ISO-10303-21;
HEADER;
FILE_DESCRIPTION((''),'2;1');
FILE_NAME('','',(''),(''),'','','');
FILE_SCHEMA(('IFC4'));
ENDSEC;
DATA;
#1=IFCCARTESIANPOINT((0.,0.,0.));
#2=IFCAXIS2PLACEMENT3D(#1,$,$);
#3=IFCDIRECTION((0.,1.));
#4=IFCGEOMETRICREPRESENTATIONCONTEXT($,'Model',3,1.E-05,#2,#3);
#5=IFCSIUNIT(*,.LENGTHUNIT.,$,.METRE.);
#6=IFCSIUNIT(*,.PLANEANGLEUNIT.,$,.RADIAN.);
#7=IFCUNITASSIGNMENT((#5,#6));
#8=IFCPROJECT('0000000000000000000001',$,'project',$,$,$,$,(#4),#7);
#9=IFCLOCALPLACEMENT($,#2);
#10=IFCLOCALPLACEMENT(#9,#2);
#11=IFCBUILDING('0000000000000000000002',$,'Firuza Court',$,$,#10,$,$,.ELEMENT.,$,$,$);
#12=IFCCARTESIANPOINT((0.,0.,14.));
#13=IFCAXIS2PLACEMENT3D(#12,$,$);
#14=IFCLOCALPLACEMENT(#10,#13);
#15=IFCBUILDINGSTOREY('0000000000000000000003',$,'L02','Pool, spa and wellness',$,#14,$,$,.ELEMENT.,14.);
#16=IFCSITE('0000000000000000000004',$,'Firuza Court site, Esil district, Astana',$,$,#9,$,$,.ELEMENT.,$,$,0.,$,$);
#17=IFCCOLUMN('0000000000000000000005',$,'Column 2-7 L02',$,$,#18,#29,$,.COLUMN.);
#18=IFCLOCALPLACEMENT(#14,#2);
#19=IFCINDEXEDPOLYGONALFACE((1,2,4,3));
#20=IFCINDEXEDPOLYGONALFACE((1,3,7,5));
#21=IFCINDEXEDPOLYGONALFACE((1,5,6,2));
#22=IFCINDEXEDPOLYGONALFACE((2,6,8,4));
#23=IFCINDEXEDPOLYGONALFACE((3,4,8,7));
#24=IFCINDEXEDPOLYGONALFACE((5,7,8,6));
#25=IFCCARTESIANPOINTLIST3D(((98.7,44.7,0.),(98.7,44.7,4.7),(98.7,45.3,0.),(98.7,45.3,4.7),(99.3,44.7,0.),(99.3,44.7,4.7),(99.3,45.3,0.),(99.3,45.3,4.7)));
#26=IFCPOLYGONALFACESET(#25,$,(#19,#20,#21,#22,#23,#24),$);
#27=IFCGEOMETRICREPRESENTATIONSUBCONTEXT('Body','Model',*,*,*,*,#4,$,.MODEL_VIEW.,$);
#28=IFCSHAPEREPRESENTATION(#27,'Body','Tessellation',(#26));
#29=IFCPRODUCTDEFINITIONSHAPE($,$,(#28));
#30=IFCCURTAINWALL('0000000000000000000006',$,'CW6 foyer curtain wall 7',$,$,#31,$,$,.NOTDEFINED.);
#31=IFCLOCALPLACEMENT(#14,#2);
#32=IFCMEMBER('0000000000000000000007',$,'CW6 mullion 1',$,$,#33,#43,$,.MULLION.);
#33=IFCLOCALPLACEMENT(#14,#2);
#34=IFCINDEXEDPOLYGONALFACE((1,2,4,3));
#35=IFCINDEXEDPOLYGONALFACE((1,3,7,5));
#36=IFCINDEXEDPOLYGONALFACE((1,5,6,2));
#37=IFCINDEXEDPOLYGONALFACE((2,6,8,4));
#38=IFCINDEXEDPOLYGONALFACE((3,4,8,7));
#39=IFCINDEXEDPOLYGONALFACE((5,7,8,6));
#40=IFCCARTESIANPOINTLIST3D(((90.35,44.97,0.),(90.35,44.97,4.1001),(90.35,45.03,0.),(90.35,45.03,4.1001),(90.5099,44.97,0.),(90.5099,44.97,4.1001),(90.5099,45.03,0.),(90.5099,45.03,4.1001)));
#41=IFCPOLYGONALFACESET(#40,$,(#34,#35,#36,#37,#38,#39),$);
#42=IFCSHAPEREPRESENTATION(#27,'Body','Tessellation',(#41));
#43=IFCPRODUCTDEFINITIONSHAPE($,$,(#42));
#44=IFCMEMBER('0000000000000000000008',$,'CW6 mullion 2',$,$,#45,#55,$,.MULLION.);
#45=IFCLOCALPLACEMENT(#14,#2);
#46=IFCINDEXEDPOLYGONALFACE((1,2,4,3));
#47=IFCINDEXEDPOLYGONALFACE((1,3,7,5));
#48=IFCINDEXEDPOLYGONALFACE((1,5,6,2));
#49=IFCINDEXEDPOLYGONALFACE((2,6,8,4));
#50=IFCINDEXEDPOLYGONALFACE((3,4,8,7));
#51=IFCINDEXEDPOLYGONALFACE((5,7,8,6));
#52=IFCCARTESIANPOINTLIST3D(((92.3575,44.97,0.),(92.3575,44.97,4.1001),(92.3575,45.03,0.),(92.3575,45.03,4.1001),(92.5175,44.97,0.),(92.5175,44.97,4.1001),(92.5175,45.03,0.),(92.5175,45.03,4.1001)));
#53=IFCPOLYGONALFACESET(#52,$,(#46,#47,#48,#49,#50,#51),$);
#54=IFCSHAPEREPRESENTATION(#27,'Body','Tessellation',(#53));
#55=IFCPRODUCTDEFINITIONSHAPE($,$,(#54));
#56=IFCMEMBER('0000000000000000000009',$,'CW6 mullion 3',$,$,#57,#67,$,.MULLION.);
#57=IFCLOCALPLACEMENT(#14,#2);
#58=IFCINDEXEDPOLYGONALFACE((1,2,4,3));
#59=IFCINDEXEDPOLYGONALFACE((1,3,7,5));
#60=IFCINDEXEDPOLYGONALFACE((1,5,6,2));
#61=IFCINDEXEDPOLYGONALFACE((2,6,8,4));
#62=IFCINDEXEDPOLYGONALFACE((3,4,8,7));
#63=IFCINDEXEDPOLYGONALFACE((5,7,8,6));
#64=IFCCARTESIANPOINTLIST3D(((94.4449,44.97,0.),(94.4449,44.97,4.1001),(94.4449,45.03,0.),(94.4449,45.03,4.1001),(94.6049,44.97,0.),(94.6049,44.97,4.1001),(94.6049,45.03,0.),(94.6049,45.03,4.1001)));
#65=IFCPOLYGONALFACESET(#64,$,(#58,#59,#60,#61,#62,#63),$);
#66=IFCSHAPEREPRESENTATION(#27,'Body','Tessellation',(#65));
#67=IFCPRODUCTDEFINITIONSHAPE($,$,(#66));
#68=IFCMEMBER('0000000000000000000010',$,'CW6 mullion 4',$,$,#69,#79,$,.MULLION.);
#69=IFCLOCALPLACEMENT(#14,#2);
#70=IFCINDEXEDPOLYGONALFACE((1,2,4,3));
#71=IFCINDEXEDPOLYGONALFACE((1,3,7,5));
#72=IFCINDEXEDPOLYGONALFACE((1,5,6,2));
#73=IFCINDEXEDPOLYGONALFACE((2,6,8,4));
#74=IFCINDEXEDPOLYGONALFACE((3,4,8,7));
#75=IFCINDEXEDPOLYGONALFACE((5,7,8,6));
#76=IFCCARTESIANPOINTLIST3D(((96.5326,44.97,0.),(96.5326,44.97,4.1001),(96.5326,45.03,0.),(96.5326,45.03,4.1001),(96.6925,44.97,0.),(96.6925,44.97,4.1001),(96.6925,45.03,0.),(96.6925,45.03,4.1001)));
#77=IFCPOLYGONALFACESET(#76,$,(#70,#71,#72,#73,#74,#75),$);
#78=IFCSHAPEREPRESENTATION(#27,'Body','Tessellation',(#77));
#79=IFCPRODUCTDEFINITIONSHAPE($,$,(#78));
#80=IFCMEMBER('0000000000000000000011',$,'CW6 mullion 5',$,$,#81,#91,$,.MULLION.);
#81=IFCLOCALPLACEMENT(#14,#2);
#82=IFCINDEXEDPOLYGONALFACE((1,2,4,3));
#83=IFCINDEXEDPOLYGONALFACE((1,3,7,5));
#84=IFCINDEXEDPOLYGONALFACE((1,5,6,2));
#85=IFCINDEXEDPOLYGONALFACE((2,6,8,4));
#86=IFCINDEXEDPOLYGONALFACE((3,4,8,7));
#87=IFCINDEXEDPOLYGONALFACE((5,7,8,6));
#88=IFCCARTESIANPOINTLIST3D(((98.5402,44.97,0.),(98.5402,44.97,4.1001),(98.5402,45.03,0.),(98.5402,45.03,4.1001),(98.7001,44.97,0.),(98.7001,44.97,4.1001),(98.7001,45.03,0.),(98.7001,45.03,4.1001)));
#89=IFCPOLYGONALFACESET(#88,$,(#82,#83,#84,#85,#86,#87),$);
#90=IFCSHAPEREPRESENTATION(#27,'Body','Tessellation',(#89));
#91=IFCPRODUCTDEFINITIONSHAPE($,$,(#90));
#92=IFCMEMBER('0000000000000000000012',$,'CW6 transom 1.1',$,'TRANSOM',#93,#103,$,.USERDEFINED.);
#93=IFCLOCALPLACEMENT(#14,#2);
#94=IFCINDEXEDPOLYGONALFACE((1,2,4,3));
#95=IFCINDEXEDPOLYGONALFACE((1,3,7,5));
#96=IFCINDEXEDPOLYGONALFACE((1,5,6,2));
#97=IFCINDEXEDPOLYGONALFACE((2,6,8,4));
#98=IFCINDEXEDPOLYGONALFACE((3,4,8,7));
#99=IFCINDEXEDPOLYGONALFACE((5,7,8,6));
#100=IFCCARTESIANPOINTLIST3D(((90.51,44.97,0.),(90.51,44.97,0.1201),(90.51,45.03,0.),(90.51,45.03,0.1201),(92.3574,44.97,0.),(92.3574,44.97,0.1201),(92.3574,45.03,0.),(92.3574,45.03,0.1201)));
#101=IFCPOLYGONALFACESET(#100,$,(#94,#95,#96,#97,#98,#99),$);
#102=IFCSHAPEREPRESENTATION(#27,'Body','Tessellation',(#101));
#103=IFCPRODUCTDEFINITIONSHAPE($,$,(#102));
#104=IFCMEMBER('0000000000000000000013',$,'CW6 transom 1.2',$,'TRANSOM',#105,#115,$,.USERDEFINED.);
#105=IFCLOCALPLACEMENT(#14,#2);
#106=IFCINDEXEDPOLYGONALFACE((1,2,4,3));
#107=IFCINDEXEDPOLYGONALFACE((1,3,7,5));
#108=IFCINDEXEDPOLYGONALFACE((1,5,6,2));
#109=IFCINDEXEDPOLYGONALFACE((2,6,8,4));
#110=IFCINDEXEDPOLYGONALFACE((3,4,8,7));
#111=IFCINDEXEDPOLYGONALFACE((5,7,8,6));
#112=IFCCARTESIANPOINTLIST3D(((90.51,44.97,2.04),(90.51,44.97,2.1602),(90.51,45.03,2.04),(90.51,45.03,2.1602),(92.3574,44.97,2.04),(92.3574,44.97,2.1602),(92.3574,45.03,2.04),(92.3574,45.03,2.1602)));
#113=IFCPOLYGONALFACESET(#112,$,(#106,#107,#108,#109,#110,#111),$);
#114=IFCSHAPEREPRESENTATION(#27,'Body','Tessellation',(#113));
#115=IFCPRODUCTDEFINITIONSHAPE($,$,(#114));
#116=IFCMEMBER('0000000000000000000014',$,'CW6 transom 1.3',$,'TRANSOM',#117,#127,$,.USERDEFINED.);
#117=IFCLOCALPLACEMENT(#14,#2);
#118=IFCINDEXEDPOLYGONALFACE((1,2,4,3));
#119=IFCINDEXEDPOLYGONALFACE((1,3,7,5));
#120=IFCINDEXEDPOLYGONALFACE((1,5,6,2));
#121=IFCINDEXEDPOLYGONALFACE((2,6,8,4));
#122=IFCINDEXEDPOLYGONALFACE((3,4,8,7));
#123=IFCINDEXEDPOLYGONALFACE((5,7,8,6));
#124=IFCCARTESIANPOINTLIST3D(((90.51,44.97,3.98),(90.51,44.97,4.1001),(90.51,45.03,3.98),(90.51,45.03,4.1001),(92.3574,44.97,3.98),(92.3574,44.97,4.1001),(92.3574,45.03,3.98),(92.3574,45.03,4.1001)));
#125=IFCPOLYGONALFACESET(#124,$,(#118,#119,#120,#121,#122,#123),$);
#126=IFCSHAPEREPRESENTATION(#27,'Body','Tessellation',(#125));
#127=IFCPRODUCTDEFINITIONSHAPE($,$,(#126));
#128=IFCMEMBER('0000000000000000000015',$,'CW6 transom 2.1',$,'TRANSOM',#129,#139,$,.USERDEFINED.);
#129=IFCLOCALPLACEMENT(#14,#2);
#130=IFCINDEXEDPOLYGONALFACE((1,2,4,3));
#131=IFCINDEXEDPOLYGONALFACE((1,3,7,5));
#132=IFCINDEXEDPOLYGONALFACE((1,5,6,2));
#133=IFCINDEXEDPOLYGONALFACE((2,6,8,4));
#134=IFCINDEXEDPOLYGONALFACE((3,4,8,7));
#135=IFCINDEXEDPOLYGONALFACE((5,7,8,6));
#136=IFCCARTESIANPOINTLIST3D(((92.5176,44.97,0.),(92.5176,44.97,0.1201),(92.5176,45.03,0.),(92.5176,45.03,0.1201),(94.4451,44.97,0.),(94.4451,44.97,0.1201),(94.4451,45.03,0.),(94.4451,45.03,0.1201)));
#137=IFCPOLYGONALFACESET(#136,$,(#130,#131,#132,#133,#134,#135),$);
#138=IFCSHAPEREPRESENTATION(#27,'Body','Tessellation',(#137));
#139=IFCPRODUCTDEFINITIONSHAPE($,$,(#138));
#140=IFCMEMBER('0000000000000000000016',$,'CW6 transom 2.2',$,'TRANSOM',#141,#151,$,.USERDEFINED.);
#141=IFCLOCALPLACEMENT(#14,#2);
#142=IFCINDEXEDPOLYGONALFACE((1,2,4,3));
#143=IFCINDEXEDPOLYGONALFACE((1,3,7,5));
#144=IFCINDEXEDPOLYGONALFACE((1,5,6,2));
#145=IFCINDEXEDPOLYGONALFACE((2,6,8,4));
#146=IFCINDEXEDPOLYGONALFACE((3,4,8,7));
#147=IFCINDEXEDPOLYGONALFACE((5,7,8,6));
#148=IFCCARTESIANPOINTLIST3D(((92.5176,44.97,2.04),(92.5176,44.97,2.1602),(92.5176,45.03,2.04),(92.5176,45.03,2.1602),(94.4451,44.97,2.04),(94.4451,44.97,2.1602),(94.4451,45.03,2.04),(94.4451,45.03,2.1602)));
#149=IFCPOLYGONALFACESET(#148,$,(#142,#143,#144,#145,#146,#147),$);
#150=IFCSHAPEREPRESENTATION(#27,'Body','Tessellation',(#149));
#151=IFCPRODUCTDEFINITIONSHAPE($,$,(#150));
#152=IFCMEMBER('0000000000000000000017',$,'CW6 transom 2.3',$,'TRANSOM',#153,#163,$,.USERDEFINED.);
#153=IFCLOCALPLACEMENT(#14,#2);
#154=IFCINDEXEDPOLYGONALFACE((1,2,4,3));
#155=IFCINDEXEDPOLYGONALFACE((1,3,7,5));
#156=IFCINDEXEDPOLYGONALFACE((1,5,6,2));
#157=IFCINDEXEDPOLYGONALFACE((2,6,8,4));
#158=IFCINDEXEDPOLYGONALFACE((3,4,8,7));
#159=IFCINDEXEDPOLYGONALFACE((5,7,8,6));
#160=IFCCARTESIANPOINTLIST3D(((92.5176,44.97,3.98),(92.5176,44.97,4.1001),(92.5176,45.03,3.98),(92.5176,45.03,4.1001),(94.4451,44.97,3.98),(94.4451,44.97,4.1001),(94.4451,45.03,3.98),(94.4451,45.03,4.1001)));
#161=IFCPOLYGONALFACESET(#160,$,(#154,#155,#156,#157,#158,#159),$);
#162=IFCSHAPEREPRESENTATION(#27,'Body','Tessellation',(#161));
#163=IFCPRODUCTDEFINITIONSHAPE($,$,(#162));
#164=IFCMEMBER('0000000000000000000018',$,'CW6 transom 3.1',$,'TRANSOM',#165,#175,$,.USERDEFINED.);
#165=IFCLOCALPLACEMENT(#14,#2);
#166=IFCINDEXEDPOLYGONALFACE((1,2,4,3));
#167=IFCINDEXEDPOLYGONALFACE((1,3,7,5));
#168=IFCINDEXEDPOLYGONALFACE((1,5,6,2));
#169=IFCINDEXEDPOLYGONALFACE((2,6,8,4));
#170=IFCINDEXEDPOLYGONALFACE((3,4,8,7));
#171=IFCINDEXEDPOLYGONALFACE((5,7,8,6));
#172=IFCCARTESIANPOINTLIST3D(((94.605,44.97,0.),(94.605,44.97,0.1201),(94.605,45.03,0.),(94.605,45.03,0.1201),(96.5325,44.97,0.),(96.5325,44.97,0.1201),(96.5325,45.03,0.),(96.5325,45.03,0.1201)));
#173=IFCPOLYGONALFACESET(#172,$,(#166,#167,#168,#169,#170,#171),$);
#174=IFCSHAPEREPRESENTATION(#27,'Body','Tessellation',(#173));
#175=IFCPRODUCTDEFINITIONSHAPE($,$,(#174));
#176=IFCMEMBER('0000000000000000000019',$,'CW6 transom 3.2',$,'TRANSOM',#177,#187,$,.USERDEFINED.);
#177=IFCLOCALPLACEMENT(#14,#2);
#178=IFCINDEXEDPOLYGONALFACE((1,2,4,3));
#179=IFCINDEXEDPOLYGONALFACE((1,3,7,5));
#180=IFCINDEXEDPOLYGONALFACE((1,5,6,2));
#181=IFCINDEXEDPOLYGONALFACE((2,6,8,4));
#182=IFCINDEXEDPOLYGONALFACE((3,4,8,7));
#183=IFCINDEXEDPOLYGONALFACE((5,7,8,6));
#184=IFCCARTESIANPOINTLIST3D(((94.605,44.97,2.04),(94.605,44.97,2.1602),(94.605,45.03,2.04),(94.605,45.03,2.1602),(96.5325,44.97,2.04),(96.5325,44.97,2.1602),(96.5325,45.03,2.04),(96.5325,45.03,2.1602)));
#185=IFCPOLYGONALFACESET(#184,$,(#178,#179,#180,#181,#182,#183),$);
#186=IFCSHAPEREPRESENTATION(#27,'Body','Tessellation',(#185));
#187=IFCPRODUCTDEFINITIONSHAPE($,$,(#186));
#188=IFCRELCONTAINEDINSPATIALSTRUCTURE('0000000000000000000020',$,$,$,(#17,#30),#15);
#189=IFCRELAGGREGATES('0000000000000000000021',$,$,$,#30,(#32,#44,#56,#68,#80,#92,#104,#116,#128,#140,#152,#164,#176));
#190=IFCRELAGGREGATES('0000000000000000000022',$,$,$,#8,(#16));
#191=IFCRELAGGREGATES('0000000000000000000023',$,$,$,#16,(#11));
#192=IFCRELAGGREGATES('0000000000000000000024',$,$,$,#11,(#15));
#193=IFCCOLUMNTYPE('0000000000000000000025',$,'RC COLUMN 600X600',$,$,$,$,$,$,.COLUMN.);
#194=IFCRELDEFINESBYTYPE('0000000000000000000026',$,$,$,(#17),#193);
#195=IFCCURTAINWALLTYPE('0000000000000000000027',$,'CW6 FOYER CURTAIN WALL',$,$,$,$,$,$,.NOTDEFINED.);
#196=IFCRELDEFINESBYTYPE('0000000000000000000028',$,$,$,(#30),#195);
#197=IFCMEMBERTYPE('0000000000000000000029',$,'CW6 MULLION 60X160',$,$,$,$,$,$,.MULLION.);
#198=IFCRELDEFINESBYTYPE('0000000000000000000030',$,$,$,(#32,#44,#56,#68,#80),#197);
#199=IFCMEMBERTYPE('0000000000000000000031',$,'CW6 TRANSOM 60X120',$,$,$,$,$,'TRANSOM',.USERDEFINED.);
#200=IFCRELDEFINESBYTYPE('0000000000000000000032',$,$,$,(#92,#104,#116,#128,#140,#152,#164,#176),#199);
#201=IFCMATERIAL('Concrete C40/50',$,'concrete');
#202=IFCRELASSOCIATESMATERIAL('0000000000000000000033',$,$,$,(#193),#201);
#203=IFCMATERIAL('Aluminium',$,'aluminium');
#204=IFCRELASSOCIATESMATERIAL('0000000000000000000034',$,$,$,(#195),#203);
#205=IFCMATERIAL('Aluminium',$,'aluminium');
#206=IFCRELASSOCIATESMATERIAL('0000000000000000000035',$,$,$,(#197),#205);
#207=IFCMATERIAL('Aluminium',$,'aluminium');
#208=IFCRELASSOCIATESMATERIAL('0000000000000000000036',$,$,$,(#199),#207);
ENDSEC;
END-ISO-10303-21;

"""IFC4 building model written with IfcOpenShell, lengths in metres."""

from ifc_helpers import new_model, si_unit, direction, frame, origin, origin_2d, place, context, subcontext, project, spatial, rectangle, extrude, material, material_profile, profile_set, type_object, element, aggregate, save


model = new_model("IFC4")

# Units and contexts
model_context = context("Model", 3, precision=1e-05, world=origin(), true_north=direction((0.0, 1.0)))
body_context = subcontext(model_context, "Body", "Model", "MODEL_VIEW")
ifc_project = project(units=[si_unit("LENGTHUNIT", "METRE"), si_unit("PLANEANGLEUNIT", "RADIAN")], contexts=[model_context])

# Site, building, storey
site_placement = place(None, origin())
site = spatial("IfcSite", under=ifc_project, at=site_placement, Name="Firuza Court site, Esil district, Astana", CompositionType="ELEMENT", RefElevation=0.0)
building_placement = place(site_placement, origin())
building = spatial("IfcBuilding", under=site, at=building_placement, Name="Firuza Court", CompositionType="ELEMENT")
storey_placement = place(building_placement, frame((0.0, 0.0, 14.0)))
storey = spatial("IfcBuildingStorey", under=building, at=storey_placement, Name="L02", Description="Pool, spa and wellness", CompositionType="ELEMENT", Elevation=14.0)

# Column
ifc_material_1 = material(Name="Concrete C40/50", Category="concrete")
ifc_material_profile_1 = material_profile(ifc_material_1, rectangle(XDim=0.6001, YDim=0.6001, at=origin_2d()), Name="RC 600X600")
ifc_profile_set_1 = profile_set([ifc_material_profile_1], Name="Concrete C40/50")
column_type = type_object("IfcColumnType", Name="RC COLUMN 600X600", PredefinedType="COLUMN", material=ifc_profile_set_1)
column_placement = place(storey_placement, frame((99.0, 45.0, 0.0), z_axis=(0.0, 0.0, 1.0), x_axis=(1.0, 0.0, 0.0)))
element("IfcColumn", 1, at=column_placement, inside=storey, type_object=column_type, Name="Column 2-7 L02", PredefinedType="COLUMN", context=body_context, shape_type="SweptSolid", body=[
    extrude(rectangle(XDim=0.6001, YDim=0.6001, at=origin_2d()), origin(), (0.0, 0.0, 1.0), 4.7),
])

# Curtain wall, members
ifc_material_2 = material(Name="Aluminium", Category="aluminium")
curtain_wall_type = type_object("IfcCurtainWallType", Name="CW6 FOYER CURTAIN WALL", PredefinedType="NOTDEFINED", material=ifc_material_2)
curtain_wall_placement = place(storey_placement, origin())
curtain_wall = element("IfcCurtainWall", 2, at=curtain_wall_placement, inside=storey, type_object=curtain_wall_type, Name="CW6 foyer curtain wall 7", PredefinedType="NOTDEFINED")
ifc_material_3 = material(Name="Aluminium", Category="aluminium")
ifc_material_profile_2 = material_profile(ifc_material_3, rectangle(XDim=0.0601, YDim=0.1599, at=origin_2d()), Name="MULLION 60X160")
ifc_profile_set_2 = profile_set([ifc_material_profile_2], Name="Aluminium")
member_type_1 = type_object("IfcMemberType", Name="CW6 MULLION 60X160", PredefinedType="MULLION", material=ifc_profile_set_2)
member_1_placement = place(storey_placement, frame((90.4299, 45.0, 0.0), z_axis=(0.0, 0.0, 1.0), x_axis=(0.0, 1.0, 0.0)))
member_1 = element("IfcMember", 3, at=member_1_placement, type_object=member_type_1, Name="CW6 mullion 1", PredefinedType="MULLION", context=body_context, shape_type="SweptSolid", body=[
    extrude(rectangle(XDim=0.0601, YDim=0.1599, at=origin_2d()), origin(), (0.0, 0.0, 1.0), 4.1001),
])
member_2_placement = place(storey_placement, frame((92.4375, 45.0, 0.0), z_axis=(0.0, 0.0, 1.0), x_axis=(0.0, 1.0, 0.0)))
member_2 = element("IfcMember", 4, at=member_2_placement, type_object=member_type_1, Name="CW6 mullion 2", PredefinedType="MULLION", context=body_context, shape_type="SweptSolid", body=[
    extrude(rectangle(XDim=0.0601, YDim=0.1599, at=origin_2d()), origin(), (0.0, 0.0, 1.0), 4.1001),
])
member_3_placement = place(storey_placement, frame((94.5249, 45.0, 0.0), z_axis=(0.0, 0.0, 1.0), x_axis=(0.0, 1.0, 0.0)))
member_3 = element("IfcMember", 5, at=member_3_placement, type_object=member_type_1, Name="CW6 mullion 3", PredefinedType="MULLION", context=body_context, shape_type="SweptSolid", body=[
    extrude(rectangle(XDim=0.0601, YDim=0.1599, at=origin_2d()), origin(), (0.0, 0.0, 1.0), 4.1001),
])
member_4_placement = place(storey_placement, frame((96.6125, 45.0, 0.0), z_axis=(0.0, 0.0, 1.0), x_axis=(0.0, 1.0, 0.0)))
member_4 = element("IfcMember", 6, at=member_4_placement, type_object=member_type_1, Name="CW6 mullion 4", PredefinedType="MULLION", context=body_context, shape_type="SweptSolid", body=[
    extrude(rectangle(XDim=0.0601, YDim=0.1599, at=origin_2d()), origin(), (0.0, 0.0, 1.0), 4.1001),
])
member_5_placement = place(storey_placement, frame((98.6201, 45.0, 0.0), z_axis=(0.0, 0.0, 1.0), x_axis=(0.0, 1.0, 0.0)))
member_5 = element("IfcMember", 7, at=member_5_placement, type_object=member_type_1, Name="CW6 mullion 5", PredefinedType="MULLION", context=body_context, shape_type="SweptSolid", body=[
    extrude(rectangle(XDim=0.0601, YDim=0.1599, at=origin_2d()), origin(), (0.0, 0.0, 1.0), 4.1001),
])
ifc_material_4 = material(Name="Aluminium", Category="aluminium")
ifc_material_profile_3 = material_profile(ifc_material_4, rectangle(XDim=0.0601, YDim=0.1201, at=origin_2d()), Name="TRANSOM 60X120")
ifc_profile_set_3 = profile_set([ifc_material_profile_3], Name="Aluminium")
member_type_2 = type_object("IfcMemberType", Name="CW6 TRANSOM 60X120", ElementType="TRANSOM", PredefinedType="USERDEFINED", material=ifc_profile_set_3)
member_6_placement = place(storey_placement, frame((90.51, 45.0, 0.0601), z_axis=(1.0, 0.0, 0.0), x_axis=(0.0, 1.0, 0.0)))
member_6 = element("IfcMember", 8, at=member_6_placement, type_object=member_type_2, Name="CW6 transom 1.1", ObjectType="TRANSOM", PredefinedType="USERDEFINED", context=body_context, shape_type="SweptSolid", body=[
    extrude(rectangle(XDim=0.0601, YDim=0.1201, at=origin_2d()), origin(), (0.0, 0.0, 1.0), 1.8474),
])
member_7_placement = place(storey_placement, frame((90.51, 45.0, 2.1001), z_axis=(1.0, 0.0, 0.0), x_axis=(0.0, 1.0, 0.0)))
member_7 = element("IfcMember", 9, at=member_7_placement, type_object=member_type_2, Name="CW6 transom 1.2", ObjectType="TRANSOM", PredefinedType="USERDEFINED", context=body_context, shape_type="SweptSolid", body=[
    extrude(rectangle(XDim=0.0601, YDim=0.1201, at=origin_2d()), origin(), (0.0, 0.0, 1.0), 1.8474),
])
member_8_placement = place(storey_placement, frame((90.51, 45.0, 4.04), z_axis=(1.0, 0.0, 0.0), x_axis=(0.0, 1.0, 0.0)))
member_8 = element("IfcMember", 10, at=member_8_placement, type_object=member_type_2, Name="CW6 transom 1.3", ObjectType="TRANSOM", PredefinedType="USERDEFINED", context=body_context, shape_type="SweptSolid", body=[
    extrude(rectangle(XDim=0.0601, YDim=0.1201, at=origin_2d()), origin(), (0.0, 0.0, 1.0), 1.8474),
])
member_9_placement = place(storey_placement, frame((92.5176, 45.0, 0.0601), z_axis=(1.0, 0.0, 0.0), x_axis=(0.0, 1.0, 0.0)))
member_9 = element("IfcMember", 11, at=member_9_placement, type_object=member_type_2, Name="CW6 transom 2.1", ObjectType="TRANSOM", PredefinedType="USERDEFINED", context=body_context, shape_type="SweptSolid", body=[
    extrude(rectangle(XDim=0.0601, YDim=0.1201, at=origin_2d()), origin(), (0.0, 0.0, 1.0), 1.9275),
])
member_10_placement = place(storey_placement, frame((92.5176, 45.0, 2.1001), z_axis=(1.0, 0.0, 0.0), x_axis=(0.0, 1.0, 0.0)))
member_10 = element("IfcMember", 12, at=member_10_placement, type_object=member_type_2, Name="CW6 transom 2.2", ObjectType="TRANSOM", PredefinedType="USERDEFINED", context=body_context, shape_type="SweptSolid", body=[
    extrude(rectangle(XDim=0.0601, YDim=0.1201, at=origin_2d()), origin(), (0.0, 0.0, 1.0), 1.9275),
])
member_11_placement = place(storey_placement, frame((92.5176, 45.0, 4.04), z_axis=(1.0, 0.0, 0.0), x_axis=(0.0, 1.0, 0.0)))
member_11 = element("IfcMember", 13, at=member_11_placement, type_object=member_type_2, Name="CW6 transom 2.3", ObjectType="TRANSOM", PredefinedType="USERDEFINED", context=body_context, shape_type="SweptSolid", body=[
    extrude(rectangle(XDim=0.0601, YDim=0.1201, at=origin_2d()), origin(), (0.0, 0.0, 1.0), 1.9275),
])
member_12_placement = place(storey_placement, frame((94.605, 45.0, 0.0601), z_axis=(1.0, 0.0, 0.0), x_axis=(0.0, 1.0, 0.0)))
member_12 = element("IfcMember", 14, at=member_12_placement, type_object=member_type_2, Name="CW6 transom 3.1", ObjectType="TRANSOM", PredefinedType="USERDEFINED", context=body_context, shape_type="SweptSolid", body=[
    extrude(rectangle(XDim=0.0601, YDim=0.1201, at=origin_2d()), origin(), (0.0, 0.0, 1.0), 1.9275),
])
member_13_placement = place(storey_placement, frame((94.605, 45.0, 2.1001), z_axis=(1.0, 0.0, 0.0), x_axis=(0.0, 1.0, 0.0)))
member_13 = element("IfcMember", 15, at=member_13_placement, type_object=member_type_2, Name="CW6 transom 3.2", ObjectType="TRANSOM", PredefinedType="USERDEFINED", context=body_context, shape_type="SweptSolid", body=[
    extrude(rectangle(XDim=0.0601, YDim=0.1201, at=origin_2d()), origin(), (0.0, 0.0, 1.0), 1.9275),
])

aggregate(curtain_wall, [member_1, member_2, member_3, member_4, member_5, member_6, member_7, member_8, member_9, member_10, member_11, member_12, member_13])

save(model, "model.ifc")
